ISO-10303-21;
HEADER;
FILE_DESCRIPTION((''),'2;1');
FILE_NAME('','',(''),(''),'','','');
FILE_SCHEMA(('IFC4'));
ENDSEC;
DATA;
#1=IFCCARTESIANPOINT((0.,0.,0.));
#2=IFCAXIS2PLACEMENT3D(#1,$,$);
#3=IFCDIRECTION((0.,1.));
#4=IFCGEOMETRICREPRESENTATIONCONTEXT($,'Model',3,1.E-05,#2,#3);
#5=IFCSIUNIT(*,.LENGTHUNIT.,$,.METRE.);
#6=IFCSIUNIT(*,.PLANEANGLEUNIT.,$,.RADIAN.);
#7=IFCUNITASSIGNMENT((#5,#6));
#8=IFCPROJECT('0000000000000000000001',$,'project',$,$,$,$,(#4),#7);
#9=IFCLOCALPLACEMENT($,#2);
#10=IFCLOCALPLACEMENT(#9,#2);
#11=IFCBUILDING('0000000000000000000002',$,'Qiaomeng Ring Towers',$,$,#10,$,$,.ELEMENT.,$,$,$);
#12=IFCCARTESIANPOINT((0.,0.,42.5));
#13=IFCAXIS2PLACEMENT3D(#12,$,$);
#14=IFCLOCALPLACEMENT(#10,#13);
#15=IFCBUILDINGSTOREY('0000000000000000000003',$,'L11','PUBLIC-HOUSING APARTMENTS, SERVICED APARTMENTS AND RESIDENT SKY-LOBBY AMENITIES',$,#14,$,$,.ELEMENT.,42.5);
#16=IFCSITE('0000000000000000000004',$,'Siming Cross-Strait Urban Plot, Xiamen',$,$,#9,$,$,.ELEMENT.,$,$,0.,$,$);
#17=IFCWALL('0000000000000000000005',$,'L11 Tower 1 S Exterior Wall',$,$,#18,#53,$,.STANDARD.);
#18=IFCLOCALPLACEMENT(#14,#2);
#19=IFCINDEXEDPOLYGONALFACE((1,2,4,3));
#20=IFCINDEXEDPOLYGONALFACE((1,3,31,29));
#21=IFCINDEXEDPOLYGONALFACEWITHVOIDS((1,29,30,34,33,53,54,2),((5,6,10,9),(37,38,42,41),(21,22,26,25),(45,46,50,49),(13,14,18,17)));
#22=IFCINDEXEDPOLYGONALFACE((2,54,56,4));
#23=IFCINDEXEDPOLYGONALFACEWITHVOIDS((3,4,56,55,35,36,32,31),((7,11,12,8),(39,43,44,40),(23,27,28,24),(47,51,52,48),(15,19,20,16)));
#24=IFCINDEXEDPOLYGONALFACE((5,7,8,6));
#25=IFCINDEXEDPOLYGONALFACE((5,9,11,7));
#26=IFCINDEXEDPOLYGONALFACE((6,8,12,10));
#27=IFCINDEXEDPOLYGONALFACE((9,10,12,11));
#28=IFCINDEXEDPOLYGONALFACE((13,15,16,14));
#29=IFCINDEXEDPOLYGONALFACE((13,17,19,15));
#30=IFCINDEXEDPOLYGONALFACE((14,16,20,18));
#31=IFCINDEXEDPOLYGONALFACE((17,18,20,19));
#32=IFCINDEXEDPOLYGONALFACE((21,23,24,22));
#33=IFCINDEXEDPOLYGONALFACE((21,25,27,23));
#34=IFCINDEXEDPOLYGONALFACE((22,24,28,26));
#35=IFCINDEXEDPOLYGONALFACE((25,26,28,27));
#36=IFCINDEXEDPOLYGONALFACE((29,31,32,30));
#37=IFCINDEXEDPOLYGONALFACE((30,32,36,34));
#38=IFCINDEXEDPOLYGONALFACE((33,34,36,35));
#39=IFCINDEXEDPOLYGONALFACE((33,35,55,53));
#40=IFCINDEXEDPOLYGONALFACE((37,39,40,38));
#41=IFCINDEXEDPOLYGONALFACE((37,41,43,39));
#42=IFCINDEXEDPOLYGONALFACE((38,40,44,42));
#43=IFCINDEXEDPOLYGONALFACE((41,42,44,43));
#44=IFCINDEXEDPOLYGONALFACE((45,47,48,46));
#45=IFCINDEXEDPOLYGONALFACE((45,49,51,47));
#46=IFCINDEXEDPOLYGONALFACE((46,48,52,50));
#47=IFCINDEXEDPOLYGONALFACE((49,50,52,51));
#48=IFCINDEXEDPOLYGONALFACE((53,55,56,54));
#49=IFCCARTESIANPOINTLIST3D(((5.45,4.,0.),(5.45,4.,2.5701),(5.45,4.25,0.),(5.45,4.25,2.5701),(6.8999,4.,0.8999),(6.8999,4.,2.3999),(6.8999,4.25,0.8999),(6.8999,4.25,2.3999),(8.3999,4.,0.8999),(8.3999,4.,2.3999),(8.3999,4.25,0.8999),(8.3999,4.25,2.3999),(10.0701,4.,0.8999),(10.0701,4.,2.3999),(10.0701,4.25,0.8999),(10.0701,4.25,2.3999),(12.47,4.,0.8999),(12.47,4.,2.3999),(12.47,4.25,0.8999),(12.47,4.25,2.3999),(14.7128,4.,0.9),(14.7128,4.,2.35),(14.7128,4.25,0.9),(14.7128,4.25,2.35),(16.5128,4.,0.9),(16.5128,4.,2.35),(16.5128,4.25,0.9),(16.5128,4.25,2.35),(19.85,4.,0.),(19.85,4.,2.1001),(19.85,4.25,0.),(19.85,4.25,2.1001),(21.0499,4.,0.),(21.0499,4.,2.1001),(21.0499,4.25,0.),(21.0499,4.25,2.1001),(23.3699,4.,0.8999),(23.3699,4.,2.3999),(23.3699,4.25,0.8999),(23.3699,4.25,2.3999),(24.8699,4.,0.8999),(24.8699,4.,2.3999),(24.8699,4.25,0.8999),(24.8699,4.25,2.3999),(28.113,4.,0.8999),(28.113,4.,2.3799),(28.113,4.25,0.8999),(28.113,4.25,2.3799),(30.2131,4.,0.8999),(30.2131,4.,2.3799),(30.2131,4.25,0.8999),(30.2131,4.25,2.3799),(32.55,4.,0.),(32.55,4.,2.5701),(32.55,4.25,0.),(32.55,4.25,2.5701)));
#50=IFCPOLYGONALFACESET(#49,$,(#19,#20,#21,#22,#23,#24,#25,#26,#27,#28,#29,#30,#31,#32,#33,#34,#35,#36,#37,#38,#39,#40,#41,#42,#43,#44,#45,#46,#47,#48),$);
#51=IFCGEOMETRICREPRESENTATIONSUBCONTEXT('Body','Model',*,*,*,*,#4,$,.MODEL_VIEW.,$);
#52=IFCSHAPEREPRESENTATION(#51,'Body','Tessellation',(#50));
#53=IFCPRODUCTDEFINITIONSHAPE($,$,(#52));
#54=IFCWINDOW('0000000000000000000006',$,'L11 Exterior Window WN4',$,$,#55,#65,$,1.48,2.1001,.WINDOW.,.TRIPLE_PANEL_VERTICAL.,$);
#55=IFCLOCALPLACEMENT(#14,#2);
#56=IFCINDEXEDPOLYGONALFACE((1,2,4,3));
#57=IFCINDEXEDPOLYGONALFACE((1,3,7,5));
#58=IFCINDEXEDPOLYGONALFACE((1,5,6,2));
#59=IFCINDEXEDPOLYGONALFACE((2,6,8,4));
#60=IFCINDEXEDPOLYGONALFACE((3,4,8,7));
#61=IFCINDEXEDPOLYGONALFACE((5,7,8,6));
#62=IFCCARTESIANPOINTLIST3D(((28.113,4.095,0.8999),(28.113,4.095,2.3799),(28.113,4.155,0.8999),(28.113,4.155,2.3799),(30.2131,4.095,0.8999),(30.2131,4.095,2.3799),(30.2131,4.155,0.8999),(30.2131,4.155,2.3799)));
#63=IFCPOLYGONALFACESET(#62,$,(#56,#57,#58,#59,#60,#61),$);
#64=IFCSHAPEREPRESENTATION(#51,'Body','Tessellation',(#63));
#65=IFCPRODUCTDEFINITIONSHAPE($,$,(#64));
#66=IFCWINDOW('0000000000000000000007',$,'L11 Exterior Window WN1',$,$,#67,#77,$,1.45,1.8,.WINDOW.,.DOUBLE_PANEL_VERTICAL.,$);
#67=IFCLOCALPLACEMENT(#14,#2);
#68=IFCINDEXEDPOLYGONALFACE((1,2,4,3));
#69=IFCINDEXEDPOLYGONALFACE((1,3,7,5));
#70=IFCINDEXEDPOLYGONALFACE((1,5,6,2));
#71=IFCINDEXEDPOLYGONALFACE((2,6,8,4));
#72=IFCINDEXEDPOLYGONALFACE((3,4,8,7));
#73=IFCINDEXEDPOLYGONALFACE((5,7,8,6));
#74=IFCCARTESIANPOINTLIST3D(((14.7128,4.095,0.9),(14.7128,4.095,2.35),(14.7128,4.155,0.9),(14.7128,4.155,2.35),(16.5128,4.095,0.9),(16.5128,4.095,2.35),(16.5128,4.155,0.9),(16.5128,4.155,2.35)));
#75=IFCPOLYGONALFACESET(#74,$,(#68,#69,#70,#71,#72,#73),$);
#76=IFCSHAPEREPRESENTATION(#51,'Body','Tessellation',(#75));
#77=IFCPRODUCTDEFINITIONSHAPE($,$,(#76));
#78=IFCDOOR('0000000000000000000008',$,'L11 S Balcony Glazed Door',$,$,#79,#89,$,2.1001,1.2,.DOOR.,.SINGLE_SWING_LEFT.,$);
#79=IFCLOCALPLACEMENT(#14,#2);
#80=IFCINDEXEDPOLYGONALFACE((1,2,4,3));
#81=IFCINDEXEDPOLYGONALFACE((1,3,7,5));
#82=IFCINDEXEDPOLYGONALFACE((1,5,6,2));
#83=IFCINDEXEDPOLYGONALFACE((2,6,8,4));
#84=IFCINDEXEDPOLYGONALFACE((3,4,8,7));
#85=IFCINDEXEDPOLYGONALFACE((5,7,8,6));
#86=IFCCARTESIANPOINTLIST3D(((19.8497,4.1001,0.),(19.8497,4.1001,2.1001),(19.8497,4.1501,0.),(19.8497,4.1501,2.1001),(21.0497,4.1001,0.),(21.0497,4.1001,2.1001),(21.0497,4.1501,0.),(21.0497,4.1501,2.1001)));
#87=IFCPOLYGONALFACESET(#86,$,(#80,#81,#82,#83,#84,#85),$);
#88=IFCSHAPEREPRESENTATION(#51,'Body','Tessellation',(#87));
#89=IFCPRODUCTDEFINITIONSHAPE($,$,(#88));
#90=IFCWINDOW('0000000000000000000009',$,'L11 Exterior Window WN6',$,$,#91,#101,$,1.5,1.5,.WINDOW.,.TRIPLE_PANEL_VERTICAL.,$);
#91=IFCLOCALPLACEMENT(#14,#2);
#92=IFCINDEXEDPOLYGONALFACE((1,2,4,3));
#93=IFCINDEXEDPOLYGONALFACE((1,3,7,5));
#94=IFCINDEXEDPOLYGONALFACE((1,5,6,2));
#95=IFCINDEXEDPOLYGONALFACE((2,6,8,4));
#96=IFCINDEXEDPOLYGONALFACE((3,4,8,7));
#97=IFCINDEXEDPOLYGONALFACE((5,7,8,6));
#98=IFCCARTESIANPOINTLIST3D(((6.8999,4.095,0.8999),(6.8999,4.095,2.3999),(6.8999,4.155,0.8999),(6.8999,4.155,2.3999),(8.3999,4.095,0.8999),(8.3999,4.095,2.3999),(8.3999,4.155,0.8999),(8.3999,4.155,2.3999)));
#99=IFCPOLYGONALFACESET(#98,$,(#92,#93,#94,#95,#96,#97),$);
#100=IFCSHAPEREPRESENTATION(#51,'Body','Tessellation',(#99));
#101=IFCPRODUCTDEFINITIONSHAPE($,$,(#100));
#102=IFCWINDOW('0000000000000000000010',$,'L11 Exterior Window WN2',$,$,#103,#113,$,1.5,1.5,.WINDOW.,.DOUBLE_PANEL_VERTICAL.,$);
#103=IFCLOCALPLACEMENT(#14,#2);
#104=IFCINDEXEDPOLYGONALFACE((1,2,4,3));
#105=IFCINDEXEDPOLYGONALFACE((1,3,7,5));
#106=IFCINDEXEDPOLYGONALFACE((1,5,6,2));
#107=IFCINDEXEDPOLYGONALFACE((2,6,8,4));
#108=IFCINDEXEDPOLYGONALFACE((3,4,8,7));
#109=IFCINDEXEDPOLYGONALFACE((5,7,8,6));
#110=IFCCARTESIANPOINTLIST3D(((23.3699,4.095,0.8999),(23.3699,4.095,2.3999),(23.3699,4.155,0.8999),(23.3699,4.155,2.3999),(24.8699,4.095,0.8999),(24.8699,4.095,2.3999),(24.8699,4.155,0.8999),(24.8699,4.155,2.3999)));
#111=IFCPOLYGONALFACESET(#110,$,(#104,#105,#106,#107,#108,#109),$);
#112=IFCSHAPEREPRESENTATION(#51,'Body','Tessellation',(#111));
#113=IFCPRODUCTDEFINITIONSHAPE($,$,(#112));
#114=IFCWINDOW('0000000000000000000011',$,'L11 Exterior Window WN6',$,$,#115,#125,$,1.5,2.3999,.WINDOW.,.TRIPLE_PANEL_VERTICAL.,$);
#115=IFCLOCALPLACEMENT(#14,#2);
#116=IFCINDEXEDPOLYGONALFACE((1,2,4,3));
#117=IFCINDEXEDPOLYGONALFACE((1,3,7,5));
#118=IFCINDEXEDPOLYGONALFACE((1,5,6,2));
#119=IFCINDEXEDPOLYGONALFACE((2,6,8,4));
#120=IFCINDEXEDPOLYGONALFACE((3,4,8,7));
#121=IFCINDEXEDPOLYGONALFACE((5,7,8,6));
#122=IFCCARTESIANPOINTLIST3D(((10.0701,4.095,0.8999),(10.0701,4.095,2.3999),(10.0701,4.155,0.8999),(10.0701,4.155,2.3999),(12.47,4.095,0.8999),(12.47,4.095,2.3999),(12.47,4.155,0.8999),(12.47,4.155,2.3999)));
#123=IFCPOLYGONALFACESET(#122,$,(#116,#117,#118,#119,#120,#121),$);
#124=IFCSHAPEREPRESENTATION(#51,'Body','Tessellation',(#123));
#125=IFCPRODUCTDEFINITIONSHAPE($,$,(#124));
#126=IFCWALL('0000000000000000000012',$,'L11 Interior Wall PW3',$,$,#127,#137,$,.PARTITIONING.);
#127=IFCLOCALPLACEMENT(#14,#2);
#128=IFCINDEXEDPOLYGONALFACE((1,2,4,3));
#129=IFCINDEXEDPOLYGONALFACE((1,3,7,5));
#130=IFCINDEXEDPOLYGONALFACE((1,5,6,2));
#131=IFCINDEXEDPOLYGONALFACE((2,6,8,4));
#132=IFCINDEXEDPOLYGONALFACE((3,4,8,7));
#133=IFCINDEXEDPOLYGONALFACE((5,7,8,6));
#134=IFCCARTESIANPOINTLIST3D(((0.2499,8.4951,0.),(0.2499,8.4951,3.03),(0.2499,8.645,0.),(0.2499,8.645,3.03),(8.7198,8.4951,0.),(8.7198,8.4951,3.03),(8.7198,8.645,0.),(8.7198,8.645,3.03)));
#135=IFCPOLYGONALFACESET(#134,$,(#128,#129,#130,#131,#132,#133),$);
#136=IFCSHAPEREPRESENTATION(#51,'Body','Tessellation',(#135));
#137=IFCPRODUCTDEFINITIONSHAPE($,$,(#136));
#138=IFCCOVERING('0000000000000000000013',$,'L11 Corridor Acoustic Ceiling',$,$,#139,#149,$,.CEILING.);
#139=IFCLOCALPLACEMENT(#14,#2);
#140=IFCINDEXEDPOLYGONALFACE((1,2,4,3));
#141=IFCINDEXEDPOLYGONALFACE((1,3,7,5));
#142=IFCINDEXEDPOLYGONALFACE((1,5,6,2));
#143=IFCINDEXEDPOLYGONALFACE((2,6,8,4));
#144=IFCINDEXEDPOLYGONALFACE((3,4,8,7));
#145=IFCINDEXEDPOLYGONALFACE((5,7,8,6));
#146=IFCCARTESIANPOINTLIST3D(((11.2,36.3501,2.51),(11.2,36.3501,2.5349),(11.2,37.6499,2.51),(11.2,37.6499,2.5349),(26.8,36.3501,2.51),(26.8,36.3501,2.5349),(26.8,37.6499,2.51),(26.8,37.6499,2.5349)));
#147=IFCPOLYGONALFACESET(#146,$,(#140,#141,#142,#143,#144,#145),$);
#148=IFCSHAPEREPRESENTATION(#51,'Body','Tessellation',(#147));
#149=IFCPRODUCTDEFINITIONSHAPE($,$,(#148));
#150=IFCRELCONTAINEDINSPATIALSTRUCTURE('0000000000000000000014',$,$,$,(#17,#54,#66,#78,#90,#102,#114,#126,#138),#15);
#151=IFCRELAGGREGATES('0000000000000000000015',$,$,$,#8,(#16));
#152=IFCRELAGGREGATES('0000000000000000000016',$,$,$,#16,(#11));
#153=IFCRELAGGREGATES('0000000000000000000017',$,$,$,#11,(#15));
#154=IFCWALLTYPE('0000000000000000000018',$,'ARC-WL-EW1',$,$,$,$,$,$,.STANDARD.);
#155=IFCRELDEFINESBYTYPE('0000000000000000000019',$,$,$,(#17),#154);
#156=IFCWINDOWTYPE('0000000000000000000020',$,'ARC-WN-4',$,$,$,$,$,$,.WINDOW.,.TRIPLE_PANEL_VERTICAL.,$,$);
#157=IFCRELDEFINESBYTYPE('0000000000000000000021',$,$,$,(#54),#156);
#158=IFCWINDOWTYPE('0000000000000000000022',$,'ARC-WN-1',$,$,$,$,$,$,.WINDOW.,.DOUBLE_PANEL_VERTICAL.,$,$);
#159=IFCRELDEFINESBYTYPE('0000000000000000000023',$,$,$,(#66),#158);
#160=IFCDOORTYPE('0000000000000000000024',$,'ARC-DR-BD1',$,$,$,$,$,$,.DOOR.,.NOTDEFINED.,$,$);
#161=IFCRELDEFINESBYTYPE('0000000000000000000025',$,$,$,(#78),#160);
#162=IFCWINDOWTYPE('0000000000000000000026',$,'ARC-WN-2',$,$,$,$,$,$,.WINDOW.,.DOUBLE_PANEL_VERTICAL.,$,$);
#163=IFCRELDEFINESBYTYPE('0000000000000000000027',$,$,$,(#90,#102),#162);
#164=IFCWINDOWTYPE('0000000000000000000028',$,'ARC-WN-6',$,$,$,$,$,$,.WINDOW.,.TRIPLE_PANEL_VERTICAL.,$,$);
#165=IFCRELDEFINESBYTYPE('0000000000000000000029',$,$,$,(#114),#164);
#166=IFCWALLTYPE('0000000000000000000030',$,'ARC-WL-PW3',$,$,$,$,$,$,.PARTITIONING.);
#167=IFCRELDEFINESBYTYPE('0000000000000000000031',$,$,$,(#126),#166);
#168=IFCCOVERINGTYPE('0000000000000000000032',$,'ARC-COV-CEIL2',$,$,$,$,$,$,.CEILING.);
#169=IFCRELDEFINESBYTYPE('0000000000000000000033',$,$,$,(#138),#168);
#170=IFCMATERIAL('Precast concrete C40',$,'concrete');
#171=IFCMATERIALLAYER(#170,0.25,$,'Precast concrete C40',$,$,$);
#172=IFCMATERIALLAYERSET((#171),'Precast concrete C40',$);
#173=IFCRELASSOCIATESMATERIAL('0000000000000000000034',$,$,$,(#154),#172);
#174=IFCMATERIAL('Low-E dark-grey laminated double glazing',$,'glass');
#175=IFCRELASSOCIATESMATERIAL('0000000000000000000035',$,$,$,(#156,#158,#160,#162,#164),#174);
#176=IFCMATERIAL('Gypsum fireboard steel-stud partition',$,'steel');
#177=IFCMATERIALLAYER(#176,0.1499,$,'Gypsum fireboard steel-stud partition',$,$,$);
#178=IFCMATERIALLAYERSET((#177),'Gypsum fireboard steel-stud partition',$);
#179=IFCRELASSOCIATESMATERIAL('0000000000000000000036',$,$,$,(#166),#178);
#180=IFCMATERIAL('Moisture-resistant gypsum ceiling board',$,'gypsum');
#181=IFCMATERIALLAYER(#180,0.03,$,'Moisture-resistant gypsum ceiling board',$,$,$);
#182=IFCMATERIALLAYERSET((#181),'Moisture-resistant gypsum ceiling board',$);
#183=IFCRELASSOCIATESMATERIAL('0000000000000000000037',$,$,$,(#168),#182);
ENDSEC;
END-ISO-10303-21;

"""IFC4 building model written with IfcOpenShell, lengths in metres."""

from ifc_helpers import new_model, si_unit, direction, frame, frame_2d, origin, place, context, subcontext, project, spatial, polyline, rectangle, outline, extrude, source, transform, mapped, material, layer, layer_set, type_object, element, fill, save


model = new_model("IFC4")

# Units and contexts
model_context = context("Model", 3, precision=1e-05, world=origin(), true_north=direction((0.0, 1.0)))
body_context = subcontext(model_context, "Body", "Model", "MODEL_VIEW")
ifc_project = project(units=[si_unit("LENGTHUNIT", "METRE"), si_unit("PLANEANGLEUNIT", "RADIAN")], contexts=[model_context])

# Site, building, storey
site_placement = place(None, origin())
site = spatial("IfcSite", under=ifc_project, at=site_placement, Name="Siming Cross-Strait Urban Plot, Xiamen", CompositionType="ELEMENT", RefElevation=0.0)
building_placement = place(site_placement, origin())
building = spatial("IfcBuilding", under=site, at=building_placement, Name="Qiaomeng Ring Towers", CompositionType="ELEMENT")
storey_placement = place(building_placement, frame((0.0, 0.0, 42.5)))
storey = spatial("IfcBuildingStorey", under=building, at=storey_placement, Name="L11", Description="PUBLIC-HOUSING APARTMENTS, SERVICED APARTMENTS AND RESIDENT SKY-LOBBY AMENITIES", CompositionType="ELEMENT", Elevation=42.5)

# Shared definitions
ifc_material_1 = material(Name="Low-E dark-grey laminated double glazing", Category="glass")

# Wall, openings, windows, door
ifc_material_2 = material(Name="Precast concrete C40", Category="concrete")
ifc_layer_1 = layer(ifc_material_2, 0.25, Name="Precast concrete C40")
ifc_layer_set_1 = layer_set([ifc_layer_1], Name="Precast concrete C40")
wall_type_1 = type_object("IfcWallType", Name="ARC-WL-EW1", PredefinedType="STANDARD", material=ifc_layer_set_1)
wall_1_placement = place(storey_placement, frame((5.45, 4.125, 0.0), z_axis=(0.0, 0.0, 1.0), x_axis=(1.0, 0.0, 0.0)))
wall_1 = element("IfcWall", 1, at=wall_1_placement, inside=storey, type_object=wall_type_1, Name="L11 Tower 1 S Exterior Wall", PredefinedType="STANDARD", context=body_context, shape_type="SweptSolid", body=[
    extrude(rectangle(XDim=27.1001, YDim=0.25, at=frame_2d((13.55, 0.0))), origin(), (0.0, 0.0, 1.0), 2.5701),
])
opening_1_placement = place(wall_1_placement, frame((14.3999, 0.0, 0.0)))
opening_1 = element("IfcOpeningElement", 2, at=opening_1_placement, cuts=wall_1, PredefinedType="OPENING", context=body_context, shape_type="SweptSolid", body=[
    extrude(rectangle(XDim=1.2, YDim=2.1001, at=frame_2d((0.6001, 1.05))), frame((0.0, 0.135, 0.0), z_axis=(0.0, -1.0, 0.0), x_axis=(1.0, 0.0, 0.0)), (0.0, 0.0, 1.0), 0.27),
])
opening_2_placement = place(wall_1_placement, frame((1.45, 0.0, 0.8999)))
opening_2 = element("IfcOpeningElement", 3, at=opening_2_placement, cuts=wall_1, PredefinedType="OPENING", context=body_context, shape_type="SweptSolid", body=[
    extrude(rectangle(XDim=1.5, YDim=1.5, at=frame_2d((0.75, 0.75))), frame((0.0, 0.135, 0.0), z_axis=(0.0, -1.0, 0.0), x_axis=(1.0, 0.0, 0.0)), (0.0, 0.0, 1.0), 0.27),
])
opening_3_placement = place(wall_1_placement, frame((9.2629, 0.0, 0.8999)))
opening_3 = element("IfcOpeningElement", 4, at=opening_3_placement, cuts=wall_1, PredefinedType="OPENING", context=body_context, shape_type="SweptSolid", body=[
    extrude(rectangle(XDim=1.8, YDim=1.45, at=frame_2d((0.8999, 0.7251))), frame((0.0, 0.135, 0.0), z_axis=(0.0, -1.0, 0.0), x_axis=(1.0, 0.0, 0.0)), (0.0, 0.0, 1.0), 0.27),
])
opening_4_placement = place(wall_1_placement, frame((17.9199, 0.0, 0.8999)))
opening_4 = element("IfcOpeningElement", 5, at=opening_4_placement, cuts=wall_1, PredefinedType="OPENING", context=body_context, shape_type="SweptSolid", body=[
    extrude(rectangle(XDim=1.5, YDim=1.5, at=frame_2d((0.75, 0.75))), frame((0.0, 0.135, 0.0), z_axis=(0.0, -1.0, 0.0), x_axis=(1.0, 0.0, 0.0)), (0.0, 0.0, 1.0), 0.27),
])
opening_5_placement = place(wall_1_placement, frame((22.6631, 0.0, 0.8999)))
opening_5 = element("IfcOpeningElement", 6, at=opening_5_placement, cuts=wall_1, PredefinedType="OPENING", context=body_context, shape_type="SweptSolid", body=[
    extrude(rectangle(XDim=2.1001, YDim=1.48, at=frame_2d((1.05, 0.74))), frame((0.0, 0.135, 0.0), z_axis=(0.0, -1.0, 0.0), x_axis=(1.0, 0.0, 0.0)), (0.0, 0.0, 1.0), 0.27),
])
opening_6_placement = place(wall_1_placement, frame((4.6201, 0.0, 0.8999)))
opening_6 = element("IfcOpeningElement", 7, at=opening_6_placement, cuts=wall_1, PredefinedType="OPENING", context=body_context, shape_type="SweptSolid", body=[
    extrude(rectangle(XDim=2.3999, YDim=1.5, at=frame_2d((1.2, 0.75))), frame((0.0, 0.135, 0.0), z_axis=(0.0, -1.0, 0.0), x_axis=(1.0, 0.0, 0.0)), (0.0, 0.0, 1.0), 0.27),
])
window_type_1 = type_object("IfcWindowType", Name="ARC-WN-4", PartitioningType="TRIPLE_PANEL_VERTICAL", PredefinedType="WINDOW", material=ifc_material_1)
shared_shape_1 = source(origin(), body_context, "Body", "SweptSolid", [
    extrude(rectangle(XDim=2.1001, YDim=1.48, at=frame_2d((1.05, 0.74))), frame((0.0, 0.03, 0.0), z_axis=(0.0, -1.0, 0.0), x_axis=(1.0, 0.0, 0.0)), (0.0, 0.0, 1.0), 0.0601),
])
window_1_placement = place(opening_5_placement, origin())
window_1 = element("IfcWindow", 8, at=window_1_placement, inside=storey, type_object=window_type_1, Name="L11 Exterior Window WN4", OverallHeight=1.48, OverallWidth=2.1001, PartitioningType="TRIPLE_PANEL_VERTICAL", PredefinedType="WINDOW", context=body_context, shape_type="MappedRepresentation", body=[
    mapped(shared_shape_1, transform((0.0, 0.0, 0.0), x_axis=(1.0, 0.0, 0.0), y_axis=(0.0, 1.0, 0.0), z_axis=(0.0, 0.0, 1.0), scale=1.0)),
])
fill(opening_5, window_1)
window_type_2 = type_object("IfcWindowType", Name="ARC-WN-1", PartitioningType="DOUBLE_PANEL_VERTICAL", PredefinedType="WINDOW", material=ifc_material_1)
shared_shape_2 = source(origin(), body_context, "Body", "SweptSolid", [
    extrude(rectangle(XDim=1.8, YDim=1.45, at=frame_2d((0.8999, 0.7251))), frame((0.0, 0.03, 0.0), z_axis=(0.0, -1.0, 0.0), x_axis=(1.0, 0.0, 0.0)), (0.0, 0.0, 1.0), 0.0601),
])
window_2_placement = place(opening_3_placement, origin())
window_2 = element("IfcWindow", 9, at=window_2_placement, inside=storey, type_object=window_type_2, Name="L11 Exterior Window WN1", OverallHeight=1.45, OverallWidth=1.8, PartitioningType="DOUBLE_PANEL_VERTICAL", PredefinedType="WINDOW", context=body_context, shape_type="MappedRepresentation", body=[
    mapped(shared_shape_2, transform((0.0, 0.0, 0.0), x_axis=(1.0, 0.0, 0.0), y_axis=(0.0, 1.0, 0.0), z_axis=(0.0, 0.0, 1.0), scale=1.0)),
])
fill(opening_3, window_2)
door_type = type_object("IfcDoorType", Name="ARC-DR-BD1", OperationType="NOTDEFINED", PredefinedType="DOOR", material=ifc_material_1)
shared_shape_3 = source(origin(), body_context, "Body", "SweptSolid", [
    extrude(rectangle(XDim=1.2, YDim=2.1001, at=frame_2d((0.6001, 1.05))), frame((0.0, 0.0249, 0.0), z_axis=(0.0, -1.0, 0.0), x_axis=(1.0, 0.0, 0.0)), (0.0, 0.0, 1.0), 0.05),
])
door_placement = place(opening_1_placement, frame((1.2, 0.0, 0.0), z_axis=(0.0, 0.0, 1.0), x_axis=(-1.0, 0.0, 0.0)))
door = element("IfcDoor", 10, at=door_placement, inside=storey, type_object=door_type, Name="L11 S Balcony Glazed Door", OperationType="SINGLE_SWING_LEFT", OverallHeight=2.1001, OverallWidth=1.2, PredefinedType="DOOR", context=body_context, shape_type="MappedRepresentation", body=[
    mapped(shared_shape_3, transform((0.0, 0.0, 0.0), x_axis=(1.0, 0.0, 0.0), y_axis=(0.0, 1.0, 0.0), z_axis=(0.0, 0.0, 1.0), scale=1.0)),
])
fill(opening_1, door)
window_type_3 = type_object("IfcWindowType", Name="ARC-WN-2", PartitioningType="DOUBLE_PANEL_VERTICAL", PredefinedType="WINDOW", material=ifc_material_1)
shared_shape_4 = source(origin(), body_context, "Body", "SweptSolid", [
    extrude(rectangle(XDim=1.5, YDim=1.5, at=frame_2d((0.75, 0.75))), frame((0.0, 0.03, 0.0), z_axis=(0.0, -1.0, 0.0), x_axis=(1.0, 0.0, 0.0)), (0.0, 0.0, 1.0), 0.0601),
])
window_3_placement = place(opening_2_placement, origin())
window_3 = element("IfcWindow", 11, at=window_3_placement, inside=storey, type_object=window_type_3, Name="L11 Exterior Window WN6", OverallHeight=1.5, OverallWidth=1.5, PartitioningType="TRIPLE_PANEL_VERTICAL", PredefinedType="WINDOW", context=body_context, shape_type="MappedRepresentation", body=[
    mapped(shared_shape_4, transform((0.0, 0.0, 0.0), x_axis=(1.0, 0.0, 0.0), y_axis=(0.0, 1.0, 0.0), z_axis=(0.0, 0.0, 1.0), scale=1.0)),
])
fill(opening_2, window_3)
window_4_placement = place(opening_4_placement, origin())
window_4 = element("IfcWindow", 12, at=window_4_placement, inside=storey, type_object=window_type_3, Name="L11 Exterior Window WN2", OverallHeight=1.5, OverallWidth=1.5, PartitioningType="DOUBLE_PANEL_VERTICAL", PredefinedType="WINDOW", context=body_context, shape_type="MappedRepresentation", body=[
    mapped(shared_shape_4, transform((0.0, 0.0, 0.0), x_axis=(1.0, 0.0, 0.0), y_axis=(0.0, 1.0, 0.0), z_axis=(0.0, 0.0, 1.0), scale=1.0)),
])
fill(opening_4, window_4)
window_type_4 = type_object("IfcWindowType", Name="ARC-WN-6", PartitioningType="TRIPLE_PANEL_VERTICAL", PredefinedType="WINDOW", material=ifc_material_1)
shared_shape_5 = source(origin(), body_context, "Body", "SweptSolid", [
    extrude(rectangle(XDim=2.3999, YDim=1.5, at=frame_2d((1.2, 0.75))), frame((0.0, 0.03, 0.0), z_axis=(0.0, -1.0, 0.0), x_axis=(1.0, 0.0, 0.0)), (0.0, 0.0, 1.0), 0.0601),
])
window_5_placement = place(opening_6_placement, origin())
window_5 = element("IfcWindow", 13, at=window_5_placement, inside=storey, type_object=window_type_4, Name="L11 Exterior Window WN6", OverallHeight=1.5, OverallWidth=2.3999, PartitioningType="TRIPLE_PANEL_VERTICAL", PredefinedType="WINDOW", context=body_context, shape_type="MappedRepresentation", body=[
    mapped(shared_shape_5, transform((0.0, 0.0, 0.0), x_axis=(1.0, 0.0, 0.0), y_axis=(0.0, 1.0, 0.0), z_axis=(0.0, 0.0, 1.0), scale=1.0)),
])
fill(opening_6, window_5)

# Wall
ifc_material_3 = material(Name="Gypsum fireboard steel-stud partition", Category="steel")
ifc_layer_2 = layer(ifc_material_3, 0.1499, Name="Gypsum fireboard steel-stud partition")
ifc_layer_set_2 = layer_set([ifc_layer_2], Name="Gypsum fireboard steel-stud partition")
wall_type_2 = type_object("IfcWallType", Name="ARC-WL-PW3", PredefinedType="PARTITIONING", material=ifc_layer_set_2)
wall_2_placement = place(storey_placement, frame((0.25, 8.5701, 0.0), z_axis=(0.0, 0.0, 1.0), x_axis=(1.0, 0.0, 0.0)))
element("IfcWall", 14, at=wall_2_placement, inside=storey, type_object=wall_type_2, Name="L11 Interior Wall PW3", PredefinedType="PARTITIONING", context=body_context, shape_type="SweptSolid", body=[
    extrude(rectangle(XDim=8.47, YDim=0.1499, at=frame_2d((4.2349, 0.0))), origin(), (0.0, 0.0, 1.0), 3.03),
])

# Covering
ifc_material_4 = material(Name="Moisture-resistant gypsum ceiling board", Category="gypsum")
ifc_layer_3 = layer(ifc_material_4, 0.03, Name="Moisture-resistant gypsum ceiling board")
ifc_layer_set_3 = layer_set([ifc_layer_3], Name="Moisture-resistant gypsum ceiling board")
covering_type_1 = type_object("IfcCoveringType", Name="ARC-COV-CEIL2", PredefinedType="CEILING", material=ifc_layer_set_3)
covering_1_placement = place(storey_placement, frame((0.0, 0.0, 2.51)))
element("IfcCovering", 15, at=covering_1_placement, inside=storey, type_object=covering_type_1, Name="L11 Corridor Acoustic Ceiling", PredefinedType="CEILING", context=body_context, shape_type="SweptSolid", body=[
    extrude(outline(polyline([(11.2, 36.3501), (11.2, 37.6499), (26.8, 37.6499), (26.8, 36.3501), (11.2, 36.3501)])), origin(), (0.0, 0.0, 1.0), 0.0249),
])

save(model, "model.ifc")
